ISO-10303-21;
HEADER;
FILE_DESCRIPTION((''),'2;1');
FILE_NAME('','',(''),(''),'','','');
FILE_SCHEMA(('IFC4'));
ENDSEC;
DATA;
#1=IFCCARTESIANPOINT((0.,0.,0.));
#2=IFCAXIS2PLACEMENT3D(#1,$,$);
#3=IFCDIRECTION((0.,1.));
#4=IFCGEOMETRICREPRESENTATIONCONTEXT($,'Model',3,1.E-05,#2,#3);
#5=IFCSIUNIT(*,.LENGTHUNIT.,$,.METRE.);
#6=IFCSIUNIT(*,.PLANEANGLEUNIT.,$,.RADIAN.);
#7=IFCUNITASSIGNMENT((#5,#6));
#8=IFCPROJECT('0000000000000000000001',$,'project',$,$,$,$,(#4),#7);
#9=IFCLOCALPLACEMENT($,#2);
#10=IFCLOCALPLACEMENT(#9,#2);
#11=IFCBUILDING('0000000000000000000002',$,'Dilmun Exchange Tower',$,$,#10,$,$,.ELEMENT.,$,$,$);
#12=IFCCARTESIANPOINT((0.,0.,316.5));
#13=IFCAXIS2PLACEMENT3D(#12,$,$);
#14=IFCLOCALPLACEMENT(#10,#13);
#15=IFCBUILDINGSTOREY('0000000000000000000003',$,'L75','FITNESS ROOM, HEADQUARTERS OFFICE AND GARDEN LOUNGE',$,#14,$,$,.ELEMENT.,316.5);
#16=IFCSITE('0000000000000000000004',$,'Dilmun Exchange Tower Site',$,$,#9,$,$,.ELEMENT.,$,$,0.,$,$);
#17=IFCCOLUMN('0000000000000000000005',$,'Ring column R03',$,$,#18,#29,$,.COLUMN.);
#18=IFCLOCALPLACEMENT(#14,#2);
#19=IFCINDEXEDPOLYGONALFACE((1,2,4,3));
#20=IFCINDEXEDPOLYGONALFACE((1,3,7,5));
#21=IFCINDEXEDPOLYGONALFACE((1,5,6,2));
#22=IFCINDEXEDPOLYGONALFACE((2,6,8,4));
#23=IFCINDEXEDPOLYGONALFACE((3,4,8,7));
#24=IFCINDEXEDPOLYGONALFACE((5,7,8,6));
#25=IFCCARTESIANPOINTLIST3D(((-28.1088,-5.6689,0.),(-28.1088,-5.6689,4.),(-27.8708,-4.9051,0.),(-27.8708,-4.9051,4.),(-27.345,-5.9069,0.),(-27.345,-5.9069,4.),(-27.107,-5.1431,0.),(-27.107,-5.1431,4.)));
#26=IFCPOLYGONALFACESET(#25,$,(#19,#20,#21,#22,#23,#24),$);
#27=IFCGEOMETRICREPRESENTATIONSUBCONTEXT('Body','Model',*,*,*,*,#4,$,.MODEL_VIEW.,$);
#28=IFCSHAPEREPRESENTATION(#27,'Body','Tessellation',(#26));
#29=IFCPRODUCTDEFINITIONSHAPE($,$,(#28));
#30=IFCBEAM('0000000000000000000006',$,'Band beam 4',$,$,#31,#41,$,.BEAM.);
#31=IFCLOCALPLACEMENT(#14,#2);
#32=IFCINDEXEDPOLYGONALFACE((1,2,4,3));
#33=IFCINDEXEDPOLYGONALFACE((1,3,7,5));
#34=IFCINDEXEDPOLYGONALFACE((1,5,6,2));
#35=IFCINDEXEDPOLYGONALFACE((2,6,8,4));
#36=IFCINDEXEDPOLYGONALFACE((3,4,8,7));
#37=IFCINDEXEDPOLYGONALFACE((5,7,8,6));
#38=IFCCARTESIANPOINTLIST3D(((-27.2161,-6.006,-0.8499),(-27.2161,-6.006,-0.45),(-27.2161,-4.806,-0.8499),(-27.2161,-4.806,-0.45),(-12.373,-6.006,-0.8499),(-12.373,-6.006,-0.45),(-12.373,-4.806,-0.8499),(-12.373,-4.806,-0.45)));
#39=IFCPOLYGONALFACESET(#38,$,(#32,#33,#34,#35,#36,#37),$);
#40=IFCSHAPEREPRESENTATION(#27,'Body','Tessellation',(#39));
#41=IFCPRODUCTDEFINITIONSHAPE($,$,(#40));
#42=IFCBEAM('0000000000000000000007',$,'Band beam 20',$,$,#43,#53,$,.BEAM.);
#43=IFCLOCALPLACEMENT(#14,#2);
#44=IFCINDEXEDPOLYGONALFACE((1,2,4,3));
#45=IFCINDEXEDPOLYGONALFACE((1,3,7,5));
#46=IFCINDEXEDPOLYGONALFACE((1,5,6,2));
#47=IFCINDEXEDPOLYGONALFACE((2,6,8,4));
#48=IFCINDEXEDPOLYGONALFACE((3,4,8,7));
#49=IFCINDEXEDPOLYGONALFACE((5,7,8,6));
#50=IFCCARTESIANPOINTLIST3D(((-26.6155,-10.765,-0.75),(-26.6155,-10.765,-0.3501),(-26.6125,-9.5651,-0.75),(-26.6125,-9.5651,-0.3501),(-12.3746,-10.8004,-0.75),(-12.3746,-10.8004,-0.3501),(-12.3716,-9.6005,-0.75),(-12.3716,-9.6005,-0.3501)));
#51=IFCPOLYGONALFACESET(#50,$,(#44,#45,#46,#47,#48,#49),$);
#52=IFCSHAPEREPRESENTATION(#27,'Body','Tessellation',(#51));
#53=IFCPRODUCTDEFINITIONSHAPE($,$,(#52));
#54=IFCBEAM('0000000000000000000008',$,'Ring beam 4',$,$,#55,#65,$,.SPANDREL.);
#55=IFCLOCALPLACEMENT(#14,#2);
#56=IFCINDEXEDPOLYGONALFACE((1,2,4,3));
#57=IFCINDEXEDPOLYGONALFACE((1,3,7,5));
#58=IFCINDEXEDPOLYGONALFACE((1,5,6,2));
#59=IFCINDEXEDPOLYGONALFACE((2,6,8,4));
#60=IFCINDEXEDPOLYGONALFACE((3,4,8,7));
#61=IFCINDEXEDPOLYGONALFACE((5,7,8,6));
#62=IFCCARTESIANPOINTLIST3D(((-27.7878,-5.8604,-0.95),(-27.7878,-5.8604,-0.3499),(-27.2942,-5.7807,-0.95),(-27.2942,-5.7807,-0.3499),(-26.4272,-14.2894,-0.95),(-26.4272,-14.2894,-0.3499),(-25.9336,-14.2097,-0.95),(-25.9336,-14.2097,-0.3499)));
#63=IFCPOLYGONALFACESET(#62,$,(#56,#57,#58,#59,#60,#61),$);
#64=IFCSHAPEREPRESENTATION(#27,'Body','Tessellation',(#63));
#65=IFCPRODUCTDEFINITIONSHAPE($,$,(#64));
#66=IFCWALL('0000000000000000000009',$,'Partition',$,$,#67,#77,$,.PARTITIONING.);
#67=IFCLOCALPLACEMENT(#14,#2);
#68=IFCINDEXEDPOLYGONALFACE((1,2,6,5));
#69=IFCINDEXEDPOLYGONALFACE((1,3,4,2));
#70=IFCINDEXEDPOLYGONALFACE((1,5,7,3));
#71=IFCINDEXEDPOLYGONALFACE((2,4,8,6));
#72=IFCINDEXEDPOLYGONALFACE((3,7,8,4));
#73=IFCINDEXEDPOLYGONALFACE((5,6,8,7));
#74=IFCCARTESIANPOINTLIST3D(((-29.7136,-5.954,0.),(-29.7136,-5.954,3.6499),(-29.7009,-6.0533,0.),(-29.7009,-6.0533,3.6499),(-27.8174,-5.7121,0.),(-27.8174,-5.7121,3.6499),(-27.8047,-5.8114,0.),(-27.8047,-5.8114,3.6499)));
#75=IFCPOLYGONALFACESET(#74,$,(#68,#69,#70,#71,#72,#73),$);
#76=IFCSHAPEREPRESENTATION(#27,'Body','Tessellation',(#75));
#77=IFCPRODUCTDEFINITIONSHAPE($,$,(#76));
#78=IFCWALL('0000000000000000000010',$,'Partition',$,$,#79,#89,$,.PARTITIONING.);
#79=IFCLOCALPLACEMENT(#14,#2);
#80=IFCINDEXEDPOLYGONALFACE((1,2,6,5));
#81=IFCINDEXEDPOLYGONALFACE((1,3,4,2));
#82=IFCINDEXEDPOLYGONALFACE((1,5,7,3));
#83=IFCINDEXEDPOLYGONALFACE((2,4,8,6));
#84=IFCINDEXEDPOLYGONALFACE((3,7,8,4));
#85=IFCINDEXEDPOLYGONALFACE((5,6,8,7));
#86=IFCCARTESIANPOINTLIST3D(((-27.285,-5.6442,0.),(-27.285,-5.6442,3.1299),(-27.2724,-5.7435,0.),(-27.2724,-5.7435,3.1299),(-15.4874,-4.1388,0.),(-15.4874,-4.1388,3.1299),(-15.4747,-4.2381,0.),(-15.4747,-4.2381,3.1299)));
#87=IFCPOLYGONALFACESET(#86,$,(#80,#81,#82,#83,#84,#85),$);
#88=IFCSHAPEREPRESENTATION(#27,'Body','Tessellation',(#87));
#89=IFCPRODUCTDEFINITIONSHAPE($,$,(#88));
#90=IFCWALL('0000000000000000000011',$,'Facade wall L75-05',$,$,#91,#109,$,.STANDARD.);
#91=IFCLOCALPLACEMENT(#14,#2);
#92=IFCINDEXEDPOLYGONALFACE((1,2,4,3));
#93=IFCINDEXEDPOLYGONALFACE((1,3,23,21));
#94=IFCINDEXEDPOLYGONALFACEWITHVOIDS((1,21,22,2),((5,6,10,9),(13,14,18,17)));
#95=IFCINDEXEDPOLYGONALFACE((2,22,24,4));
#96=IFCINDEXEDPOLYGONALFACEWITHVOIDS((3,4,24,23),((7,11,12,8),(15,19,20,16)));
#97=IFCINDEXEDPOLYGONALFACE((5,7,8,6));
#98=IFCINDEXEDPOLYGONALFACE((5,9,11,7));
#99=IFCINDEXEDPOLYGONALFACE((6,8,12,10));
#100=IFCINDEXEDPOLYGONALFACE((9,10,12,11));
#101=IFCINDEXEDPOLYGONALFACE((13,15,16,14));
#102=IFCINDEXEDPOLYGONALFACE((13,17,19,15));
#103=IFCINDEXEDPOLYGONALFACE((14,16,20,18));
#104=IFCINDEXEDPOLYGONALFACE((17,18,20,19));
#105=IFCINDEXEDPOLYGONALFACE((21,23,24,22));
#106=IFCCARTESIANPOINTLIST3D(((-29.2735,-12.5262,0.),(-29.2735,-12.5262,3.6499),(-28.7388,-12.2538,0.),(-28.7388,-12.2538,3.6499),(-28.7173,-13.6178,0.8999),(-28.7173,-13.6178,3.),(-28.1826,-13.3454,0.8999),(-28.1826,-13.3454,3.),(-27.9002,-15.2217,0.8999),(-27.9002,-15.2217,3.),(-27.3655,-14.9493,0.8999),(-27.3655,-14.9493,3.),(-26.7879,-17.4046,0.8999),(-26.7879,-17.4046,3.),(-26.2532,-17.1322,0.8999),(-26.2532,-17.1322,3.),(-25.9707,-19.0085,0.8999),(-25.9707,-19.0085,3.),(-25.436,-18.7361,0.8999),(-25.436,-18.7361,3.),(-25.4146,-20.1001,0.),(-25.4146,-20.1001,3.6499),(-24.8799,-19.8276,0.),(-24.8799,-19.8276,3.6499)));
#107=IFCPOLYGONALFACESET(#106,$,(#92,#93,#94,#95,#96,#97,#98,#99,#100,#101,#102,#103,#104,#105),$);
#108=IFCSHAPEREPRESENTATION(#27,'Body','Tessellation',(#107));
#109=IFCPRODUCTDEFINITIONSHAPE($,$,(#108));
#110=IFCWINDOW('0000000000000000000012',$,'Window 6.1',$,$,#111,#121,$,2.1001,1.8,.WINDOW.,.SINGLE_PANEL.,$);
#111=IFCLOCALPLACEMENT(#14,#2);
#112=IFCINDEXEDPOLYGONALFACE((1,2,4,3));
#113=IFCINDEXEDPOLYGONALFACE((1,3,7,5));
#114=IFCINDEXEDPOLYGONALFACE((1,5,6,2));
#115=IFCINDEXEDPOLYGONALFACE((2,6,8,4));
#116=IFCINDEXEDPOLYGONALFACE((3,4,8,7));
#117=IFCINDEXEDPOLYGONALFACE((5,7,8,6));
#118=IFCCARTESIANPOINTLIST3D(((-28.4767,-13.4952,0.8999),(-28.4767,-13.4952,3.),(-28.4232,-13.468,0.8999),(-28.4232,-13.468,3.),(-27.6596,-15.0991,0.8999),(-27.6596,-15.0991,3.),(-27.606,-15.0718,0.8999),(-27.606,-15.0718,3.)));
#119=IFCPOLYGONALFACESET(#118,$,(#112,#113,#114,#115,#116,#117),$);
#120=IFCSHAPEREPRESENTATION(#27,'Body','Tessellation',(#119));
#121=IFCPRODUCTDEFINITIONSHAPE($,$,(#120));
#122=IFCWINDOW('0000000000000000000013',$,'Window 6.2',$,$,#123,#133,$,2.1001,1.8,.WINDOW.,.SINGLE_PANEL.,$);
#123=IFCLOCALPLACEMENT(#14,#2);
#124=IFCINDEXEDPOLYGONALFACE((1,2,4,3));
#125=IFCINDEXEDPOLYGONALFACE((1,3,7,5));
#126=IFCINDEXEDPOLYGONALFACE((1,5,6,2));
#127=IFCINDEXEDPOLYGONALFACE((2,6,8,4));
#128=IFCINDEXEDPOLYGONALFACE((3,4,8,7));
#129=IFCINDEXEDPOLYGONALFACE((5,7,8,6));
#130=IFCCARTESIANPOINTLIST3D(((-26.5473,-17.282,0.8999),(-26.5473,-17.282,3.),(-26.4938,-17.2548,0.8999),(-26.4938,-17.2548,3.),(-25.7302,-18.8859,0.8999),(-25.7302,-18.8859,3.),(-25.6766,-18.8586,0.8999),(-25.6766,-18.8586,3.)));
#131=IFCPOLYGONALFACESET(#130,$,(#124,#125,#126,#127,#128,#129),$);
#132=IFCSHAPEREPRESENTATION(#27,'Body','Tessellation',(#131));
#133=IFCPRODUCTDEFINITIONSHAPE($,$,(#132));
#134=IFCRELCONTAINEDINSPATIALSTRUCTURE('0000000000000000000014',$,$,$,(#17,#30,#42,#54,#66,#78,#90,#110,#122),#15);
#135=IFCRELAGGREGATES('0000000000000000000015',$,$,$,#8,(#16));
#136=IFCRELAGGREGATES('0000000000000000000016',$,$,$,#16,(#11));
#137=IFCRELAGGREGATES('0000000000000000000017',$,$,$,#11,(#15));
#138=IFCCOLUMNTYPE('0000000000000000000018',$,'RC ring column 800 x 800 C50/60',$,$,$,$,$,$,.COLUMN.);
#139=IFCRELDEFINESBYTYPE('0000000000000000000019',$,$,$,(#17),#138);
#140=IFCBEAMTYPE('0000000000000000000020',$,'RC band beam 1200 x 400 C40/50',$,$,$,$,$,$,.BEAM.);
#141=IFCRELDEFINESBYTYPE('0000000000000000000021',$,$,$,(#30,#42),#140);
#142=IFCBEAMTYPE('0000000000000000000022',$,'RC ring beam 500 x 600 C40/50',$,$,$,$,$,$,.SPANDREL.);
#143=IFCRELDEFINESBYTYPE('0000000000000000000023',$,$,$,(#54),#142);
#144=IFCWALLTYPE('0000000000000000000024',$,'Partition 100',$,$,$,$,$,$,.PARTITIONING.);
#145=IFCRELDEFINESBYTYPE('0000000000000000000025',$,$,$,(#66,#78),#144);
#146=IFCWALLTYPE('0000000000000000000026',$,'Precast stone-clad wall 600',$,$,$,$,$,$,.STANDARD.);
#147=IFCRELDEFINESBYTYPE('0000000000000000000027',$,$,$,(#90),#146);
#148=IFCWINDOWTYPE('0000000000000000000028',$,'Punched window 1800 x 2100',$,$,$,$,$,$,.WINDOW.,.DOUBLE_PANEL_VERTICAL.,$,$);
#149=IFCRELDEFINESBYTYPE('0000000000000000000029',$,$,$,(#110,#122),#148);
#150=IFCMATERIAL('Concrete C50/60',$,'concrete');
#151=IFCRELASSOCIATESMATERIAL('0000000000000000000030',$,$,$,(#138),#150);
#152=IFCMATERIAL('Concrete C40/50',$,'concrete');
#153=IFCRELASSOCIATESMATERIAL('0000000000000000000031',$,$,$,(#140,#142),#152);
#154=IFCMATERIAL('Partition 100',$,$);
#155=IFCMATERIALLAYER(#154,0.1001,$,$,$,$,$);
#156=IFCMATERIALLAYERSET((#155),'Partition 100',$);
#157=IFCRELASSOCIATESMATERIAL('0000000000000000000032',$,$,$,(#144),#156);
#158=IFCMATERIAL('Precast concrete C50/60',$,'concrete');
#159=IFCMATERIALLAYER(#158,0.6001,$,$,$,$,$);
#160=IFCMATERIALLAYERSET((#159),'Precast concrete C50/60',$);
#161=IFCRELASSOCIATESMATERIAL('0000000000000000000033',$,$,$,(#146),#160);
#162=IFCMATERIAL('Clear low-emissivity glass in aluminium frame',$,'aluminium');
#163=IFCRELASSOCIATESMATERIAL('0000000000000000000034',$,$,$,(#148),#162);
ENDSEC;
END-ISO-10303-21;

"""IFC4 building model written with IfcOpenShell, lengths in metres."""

from ifc_helpers import new_model, si_unit, direction, frame, frame_2d, origin, origin_2d, place, context, subcontext, project, spatial, rectangle, extrude, material, layer, layer_set, material_profile, profile_set, type_object, element, fill, save


model = new_model("IFC4")

# Units and contexts
model_context = context("Model", 3, precision=1e-05, world=origin(), true_north=direction((0.0, 1.0)))
body_context = subcontext(model_context, "Body", "Model", "MODEL_VIEW")
ifc_project = project(units=[si_unit("LENGTHUNIT", "METRE"), si_unit("PLANEANGLEUNIT", "RADIAN")], contexts=[model_context])

# Site, building, storey
site_placement = place(None, origin())
site = spatial("IfcSite", under=ifc_project, at=site_placement, Name="Dilmun Exchange Tower Site", CompositionType="ELEMENT", RefElevation=0.0)
building_placement = place(site_placement, origin())
building = spatial("IfcBuilding", under=site, at=building_placement, Name="Dilmun Exchange Tower", CompositionType="ELEMENT")
storey_placement = place(building_placement, frame((0.0, 0.0, 316.5)))
storey = spatial("IfcBuildingStorey", under=building, at=storey_placement, Name="L75", Description="FITNESS ROOM, HEADQUARTERS OFFICE AND GARDEN LOUNGE", CompositionType="ELEMENT", Elevation=316.5)

# Column
ifc_material_1 = material(Name="Concrete C50/60", Category="concrete")
ifc_material_profile_1 = material_profile(ifc_material_1, rectangle(XDim=0.8, YDim=0.8, at=origin_2d()), Name="800 x 800")
ifc_profile_set_1 = profile_set([ifc_material_profile_1], Name="Concrete C50/60")
column_type = type_object("IfcColumnType", Name="RC ring column 800 x 800 C50/60", PredefinedType="COLUMN", material=ifc_profile_set_1)
column_placement = place(storey_placement, frame((-27.6079, -5.406, 0.0), z_axis=(0.0, 0.0, 1.0), x_axis=(0.297503, 0.954721, 0.0)))
element("IfcColumn", 1, at=column_placement, inside=storey, type_object=column_type, Name="Ring column R03", PredefinedType="COLUMN", context=body_context, shape_type="SweptSolid", body=[
    extrude(rectangle(XDim=0.8, YDim=0.8, at=origin_2d()), origin(), (0.0, 0.0, 1.0), 4.0),
])

# Beams
ifc_material_2 = material(Name="Concrete C40/50", Category="concrete")
ifc_material_profile_2 = material_profile(ifc_material_2, rectangle(XDim=1.2, YDim=0.3999, at=origin_2d()), Name="1200 x 400")
ifc_profile_set_2 = profile_set([ifc_material_profile_2], Name="Concrete C40/50")
beam_type_1 = type_object("IfcBeamType", Name="RC band beam 1200 x 400 C40/50", PredefinedType="BEAM", material=ifc_profile_set_2)
beam_1_placement = place(storey_placement, frame((-27.2161, -5.406, -0.6499), z_axis=(1.0, 0.0, 0.0), x_axis=(0.0, 1.0, 0.0)))
element("IfcBeam", 2, at=beam_1_placement, inside=storey, type_object=beam_type_1, Name="Band beam 4", PredefinedType="BEAM", context=body_context, shape_type="SweptSolid", body=[
    extrude(rectangle(XDim=1.2, YDim=0.3999, at=origin_2d()), origin(), (0.0, 0.0, 1.0), 14.843),
])
beam_2_placement = place(storey_placement, frame((-26.614, -10.165, -0.55), z_axis=(0.999997, -0.002486, 0.0), x_axis=(0.002486, 0.999997, 0.0)))
element("IfcBeam", 3, at=beam_2_placement, inside=storey, type_object=beam_type_1, Name="Band beam 20", PredefinedType="BEAM", context=body_context, shape_type="SweptSolid", body=[
    extrude(rectangle(XDim=1.2, YDim=0.3999, at=origin_2d()), origin(), (0.0, 0.0, 1.0), 14.241),
])
ifc_material_profile_3 = material_profile(ifc_material_2, rectangle(XDim=0.5, YDim=0.6001, at=origin_2d()), Name="500 x 600")
ifc_profile_set_3 = profile_set([ifc_material_profile_3], Name="Concrete C40/50")
beam_type_2 = type_object("IfcBeamType", Name="RC ring beam 500 x 600 C40/50", PredefinedType="SPANDREL", material=ifc_profile_set_3)
beam_3_placement = place(storey_placement, frame((-27.541, -5.8206, -0.6499), z_axis=(0.159357, -0.987221, 0.0), x_axis=(0.987221, 0.159357, 0.0)))
element("IfcBeam", 4, at=beam_3_placement, inside=storey, type_object=beam_type_2, Name="Ring beam 4", PredefinedType="SPANDREL", context=body_context, shape_type="SweptSolid", body=[
    extrude(rectangle(XDim=0.5, YDim=0.6001, at=origin_2d()), origin(), (0.0, 0.0, 1.0), 8.5381),
])

# Walls
ifc_material_3 = material(Name="Partition 100")
ifc_layer_1 = layer(ifc_material_3, 0.1001)
ifc_layer_set_1 = layer_set([ifc_layer_1], Name="Partition 100")
wall_type_1 = type_object("IfcWallType", Name="Partition 100", PredefinedType="PARTITIONING", material=ifc_layer_set_1)
wall_1_placement = place(storey_placement, frame((-29.7073, -6.0037, 0.0), z_axis=(0.0, 0.0, 1.0), x_axis=(0.991958, 0.126565, 0.0)))
element("IfcWall", 5, at=wall_1_placement, inside=storey, type_object=wall_type_1, Name="Partition", PredefinedType="PARTITIONING", context=body_context, shape_type="SweptSolid", body=[
    extrude(rectangle(XDim=1.9116, YDim=0.1001, at=frame_2d((0.9558, 0.0))), origin(), (0.0, 0.0, 1.0), 3.6499),
])
wall_2_placement = place(storey_placement, frame((-27.2788, -5.6938, 0.0), z_axis=(0.0, 0.0, 1.0), x_axis=(0.991957, 0.126573, 0.0)))
element("IfcWall", 6, at=wall_2_placement, inside=storey, type_object=wall_type_1, Name="Partition", PredefinedType="PARTITIONING", context=body_context, shape_type="SweptSolid", body=[
    extrude(rectangle(XDim=11.8933, YDim=0.1001, at=frame_2d((5.9468, 0.0))), origin(), (0.0, 0.0, 1.0), 3.1299),
])

# Wall, openings, windows
ifc_material_4 = material(Name="Precast concrete C50/60", Category="concrete")
ifc_layer_2 = layer(ifc_material_4, 0.6001)
ifc_layer_set_2 = layer_set([ifc_layer_2], Name="Precast concrete C50/60")
wall_type_2 = type_object("IfcWallType", Name="Precast stone-clad wall 600", PredefinedType="STANDARD", material=ifc_layer_set_2)
wall_3_placement = place(storey_placement, frame((-29.0061, -12.3901, 0.0), z_axis=(0.0, 0.0, 1.0), x_axis=(0.453979, -0.891012, 0.0)))
wall_3 = element("IfcWall", 7, at=wall_3_placement, inside=storey, type_object=wall_type_2, Name="Facade wall L75-05", PredefinedType="STANDARD", context=body_context, shape_type="SweptSolid", body=[
    extrude(rectangle(XDim=8.5002, YDim=0.6001, at=frame_2d((4.25, 0.0))), origin(), (0.0, 0.0, 1.0), 3.6499),
])
opening_1_placement = place(wall_3_placement, frame((1.2251, 0.0, 0.8999)))
opening_1 = element("IfcOpeningElement", 8, at=opening_1_placement, cuts=wall_3, PredefinedType="OPENING", context=body_context, shape_type="SweptSolid", body=[
    extrude(rectangle(XDim=1.8, YDim=2.1001, at=frame_2d((0.8999, 1.05))), frame((0.0, 0.3101, 0.0), z_axis=(0.0, -1.0, 0.0), x_axis=(1.0, 0.0, 0.0)), (0.0, 0.0, 1.0), 0.6201),
])
opening_2_placement = place(wall_3_placement, frame((5.4751, 0.0, 0.8999)))
opening_2 = element("IfcOpeningElement", 9, at=opening_2_placement, cuts=wall_3, PredefinedType="OPENING", context=body_context, shape_type="SweptSolid", body=[
    extrude(rectangle(XDim=1.8, YDim=2.1001, at=frame_2d((0.8999, 1.05))), frame((0.0, 0.3101, 0.0), z_axis=(0.0, -1.0, 0.0), x_axis=(1.0, 0.0, 0.0)), (0.0, 0.0, 1.0), 0.6201),
])
ifc_material_5 = material(Name="Clear low-emissivity glass in aluminium frame", Category="aluminium")
window_type = type_object("IfcWindowType", Name="Punched window 1800 x 2100", PartitioningType="DOUBLE_PANEL_VERTICAL", PredefinedType="WINDOW", material=ifc_material_5)
window_1_placement = place(opening_1_placement, origin())
window_1 = element("IfcWindow", 10, at=window_1_placement, inside=storey, type_object=window_type, Name="Window 6.1", OverallHeight=2.1001, OverallWidth=1.8, PartitioningType="SINGLE_PANEL", PredefinedType="WINDOW", context=body_context, shape_type="SweptSolid", body=[
    extrude(rectangle(XDim=1.8, YDim=2.1001, at=frame_2d((0.8999, 1.05))), frame((0.0, 0.03, 0.0), z_axis=(0.0, -1.0, 0.0), x_axis=(1.0, 0.0, 0.0)), (0.0, 0.0, 1.0), 0.0601),
])
fill(opening_1, window_1)
window_2_placement = place(opening_2_placement, origin())
window_2 = element("IfcWindow", 11, at=window_2_placement, inside=storey, type_object=window_type, Name="Window 6.2", OverallHeight=2.1001, OverallWidth=1.8, PartitioningType="SINGLE_PANEL", PredefinedType="WINDOW", context=body_context, shape_type="SweptSolid", body=[
    extrude(rectangle(XDim=1.8, YDim=2.1001, at=frame_2d((0.8999, 1.05))), frame((0.0, 0.03, 0.0), z_axis=(0.0, -1.0, 0.0), x_axis=(1.0, 0.0, 0.0)), (0.0, 0.0, 1.0), 0.0601),
])
fill(opening_2, window_2)

save(model, "model.ifc")
